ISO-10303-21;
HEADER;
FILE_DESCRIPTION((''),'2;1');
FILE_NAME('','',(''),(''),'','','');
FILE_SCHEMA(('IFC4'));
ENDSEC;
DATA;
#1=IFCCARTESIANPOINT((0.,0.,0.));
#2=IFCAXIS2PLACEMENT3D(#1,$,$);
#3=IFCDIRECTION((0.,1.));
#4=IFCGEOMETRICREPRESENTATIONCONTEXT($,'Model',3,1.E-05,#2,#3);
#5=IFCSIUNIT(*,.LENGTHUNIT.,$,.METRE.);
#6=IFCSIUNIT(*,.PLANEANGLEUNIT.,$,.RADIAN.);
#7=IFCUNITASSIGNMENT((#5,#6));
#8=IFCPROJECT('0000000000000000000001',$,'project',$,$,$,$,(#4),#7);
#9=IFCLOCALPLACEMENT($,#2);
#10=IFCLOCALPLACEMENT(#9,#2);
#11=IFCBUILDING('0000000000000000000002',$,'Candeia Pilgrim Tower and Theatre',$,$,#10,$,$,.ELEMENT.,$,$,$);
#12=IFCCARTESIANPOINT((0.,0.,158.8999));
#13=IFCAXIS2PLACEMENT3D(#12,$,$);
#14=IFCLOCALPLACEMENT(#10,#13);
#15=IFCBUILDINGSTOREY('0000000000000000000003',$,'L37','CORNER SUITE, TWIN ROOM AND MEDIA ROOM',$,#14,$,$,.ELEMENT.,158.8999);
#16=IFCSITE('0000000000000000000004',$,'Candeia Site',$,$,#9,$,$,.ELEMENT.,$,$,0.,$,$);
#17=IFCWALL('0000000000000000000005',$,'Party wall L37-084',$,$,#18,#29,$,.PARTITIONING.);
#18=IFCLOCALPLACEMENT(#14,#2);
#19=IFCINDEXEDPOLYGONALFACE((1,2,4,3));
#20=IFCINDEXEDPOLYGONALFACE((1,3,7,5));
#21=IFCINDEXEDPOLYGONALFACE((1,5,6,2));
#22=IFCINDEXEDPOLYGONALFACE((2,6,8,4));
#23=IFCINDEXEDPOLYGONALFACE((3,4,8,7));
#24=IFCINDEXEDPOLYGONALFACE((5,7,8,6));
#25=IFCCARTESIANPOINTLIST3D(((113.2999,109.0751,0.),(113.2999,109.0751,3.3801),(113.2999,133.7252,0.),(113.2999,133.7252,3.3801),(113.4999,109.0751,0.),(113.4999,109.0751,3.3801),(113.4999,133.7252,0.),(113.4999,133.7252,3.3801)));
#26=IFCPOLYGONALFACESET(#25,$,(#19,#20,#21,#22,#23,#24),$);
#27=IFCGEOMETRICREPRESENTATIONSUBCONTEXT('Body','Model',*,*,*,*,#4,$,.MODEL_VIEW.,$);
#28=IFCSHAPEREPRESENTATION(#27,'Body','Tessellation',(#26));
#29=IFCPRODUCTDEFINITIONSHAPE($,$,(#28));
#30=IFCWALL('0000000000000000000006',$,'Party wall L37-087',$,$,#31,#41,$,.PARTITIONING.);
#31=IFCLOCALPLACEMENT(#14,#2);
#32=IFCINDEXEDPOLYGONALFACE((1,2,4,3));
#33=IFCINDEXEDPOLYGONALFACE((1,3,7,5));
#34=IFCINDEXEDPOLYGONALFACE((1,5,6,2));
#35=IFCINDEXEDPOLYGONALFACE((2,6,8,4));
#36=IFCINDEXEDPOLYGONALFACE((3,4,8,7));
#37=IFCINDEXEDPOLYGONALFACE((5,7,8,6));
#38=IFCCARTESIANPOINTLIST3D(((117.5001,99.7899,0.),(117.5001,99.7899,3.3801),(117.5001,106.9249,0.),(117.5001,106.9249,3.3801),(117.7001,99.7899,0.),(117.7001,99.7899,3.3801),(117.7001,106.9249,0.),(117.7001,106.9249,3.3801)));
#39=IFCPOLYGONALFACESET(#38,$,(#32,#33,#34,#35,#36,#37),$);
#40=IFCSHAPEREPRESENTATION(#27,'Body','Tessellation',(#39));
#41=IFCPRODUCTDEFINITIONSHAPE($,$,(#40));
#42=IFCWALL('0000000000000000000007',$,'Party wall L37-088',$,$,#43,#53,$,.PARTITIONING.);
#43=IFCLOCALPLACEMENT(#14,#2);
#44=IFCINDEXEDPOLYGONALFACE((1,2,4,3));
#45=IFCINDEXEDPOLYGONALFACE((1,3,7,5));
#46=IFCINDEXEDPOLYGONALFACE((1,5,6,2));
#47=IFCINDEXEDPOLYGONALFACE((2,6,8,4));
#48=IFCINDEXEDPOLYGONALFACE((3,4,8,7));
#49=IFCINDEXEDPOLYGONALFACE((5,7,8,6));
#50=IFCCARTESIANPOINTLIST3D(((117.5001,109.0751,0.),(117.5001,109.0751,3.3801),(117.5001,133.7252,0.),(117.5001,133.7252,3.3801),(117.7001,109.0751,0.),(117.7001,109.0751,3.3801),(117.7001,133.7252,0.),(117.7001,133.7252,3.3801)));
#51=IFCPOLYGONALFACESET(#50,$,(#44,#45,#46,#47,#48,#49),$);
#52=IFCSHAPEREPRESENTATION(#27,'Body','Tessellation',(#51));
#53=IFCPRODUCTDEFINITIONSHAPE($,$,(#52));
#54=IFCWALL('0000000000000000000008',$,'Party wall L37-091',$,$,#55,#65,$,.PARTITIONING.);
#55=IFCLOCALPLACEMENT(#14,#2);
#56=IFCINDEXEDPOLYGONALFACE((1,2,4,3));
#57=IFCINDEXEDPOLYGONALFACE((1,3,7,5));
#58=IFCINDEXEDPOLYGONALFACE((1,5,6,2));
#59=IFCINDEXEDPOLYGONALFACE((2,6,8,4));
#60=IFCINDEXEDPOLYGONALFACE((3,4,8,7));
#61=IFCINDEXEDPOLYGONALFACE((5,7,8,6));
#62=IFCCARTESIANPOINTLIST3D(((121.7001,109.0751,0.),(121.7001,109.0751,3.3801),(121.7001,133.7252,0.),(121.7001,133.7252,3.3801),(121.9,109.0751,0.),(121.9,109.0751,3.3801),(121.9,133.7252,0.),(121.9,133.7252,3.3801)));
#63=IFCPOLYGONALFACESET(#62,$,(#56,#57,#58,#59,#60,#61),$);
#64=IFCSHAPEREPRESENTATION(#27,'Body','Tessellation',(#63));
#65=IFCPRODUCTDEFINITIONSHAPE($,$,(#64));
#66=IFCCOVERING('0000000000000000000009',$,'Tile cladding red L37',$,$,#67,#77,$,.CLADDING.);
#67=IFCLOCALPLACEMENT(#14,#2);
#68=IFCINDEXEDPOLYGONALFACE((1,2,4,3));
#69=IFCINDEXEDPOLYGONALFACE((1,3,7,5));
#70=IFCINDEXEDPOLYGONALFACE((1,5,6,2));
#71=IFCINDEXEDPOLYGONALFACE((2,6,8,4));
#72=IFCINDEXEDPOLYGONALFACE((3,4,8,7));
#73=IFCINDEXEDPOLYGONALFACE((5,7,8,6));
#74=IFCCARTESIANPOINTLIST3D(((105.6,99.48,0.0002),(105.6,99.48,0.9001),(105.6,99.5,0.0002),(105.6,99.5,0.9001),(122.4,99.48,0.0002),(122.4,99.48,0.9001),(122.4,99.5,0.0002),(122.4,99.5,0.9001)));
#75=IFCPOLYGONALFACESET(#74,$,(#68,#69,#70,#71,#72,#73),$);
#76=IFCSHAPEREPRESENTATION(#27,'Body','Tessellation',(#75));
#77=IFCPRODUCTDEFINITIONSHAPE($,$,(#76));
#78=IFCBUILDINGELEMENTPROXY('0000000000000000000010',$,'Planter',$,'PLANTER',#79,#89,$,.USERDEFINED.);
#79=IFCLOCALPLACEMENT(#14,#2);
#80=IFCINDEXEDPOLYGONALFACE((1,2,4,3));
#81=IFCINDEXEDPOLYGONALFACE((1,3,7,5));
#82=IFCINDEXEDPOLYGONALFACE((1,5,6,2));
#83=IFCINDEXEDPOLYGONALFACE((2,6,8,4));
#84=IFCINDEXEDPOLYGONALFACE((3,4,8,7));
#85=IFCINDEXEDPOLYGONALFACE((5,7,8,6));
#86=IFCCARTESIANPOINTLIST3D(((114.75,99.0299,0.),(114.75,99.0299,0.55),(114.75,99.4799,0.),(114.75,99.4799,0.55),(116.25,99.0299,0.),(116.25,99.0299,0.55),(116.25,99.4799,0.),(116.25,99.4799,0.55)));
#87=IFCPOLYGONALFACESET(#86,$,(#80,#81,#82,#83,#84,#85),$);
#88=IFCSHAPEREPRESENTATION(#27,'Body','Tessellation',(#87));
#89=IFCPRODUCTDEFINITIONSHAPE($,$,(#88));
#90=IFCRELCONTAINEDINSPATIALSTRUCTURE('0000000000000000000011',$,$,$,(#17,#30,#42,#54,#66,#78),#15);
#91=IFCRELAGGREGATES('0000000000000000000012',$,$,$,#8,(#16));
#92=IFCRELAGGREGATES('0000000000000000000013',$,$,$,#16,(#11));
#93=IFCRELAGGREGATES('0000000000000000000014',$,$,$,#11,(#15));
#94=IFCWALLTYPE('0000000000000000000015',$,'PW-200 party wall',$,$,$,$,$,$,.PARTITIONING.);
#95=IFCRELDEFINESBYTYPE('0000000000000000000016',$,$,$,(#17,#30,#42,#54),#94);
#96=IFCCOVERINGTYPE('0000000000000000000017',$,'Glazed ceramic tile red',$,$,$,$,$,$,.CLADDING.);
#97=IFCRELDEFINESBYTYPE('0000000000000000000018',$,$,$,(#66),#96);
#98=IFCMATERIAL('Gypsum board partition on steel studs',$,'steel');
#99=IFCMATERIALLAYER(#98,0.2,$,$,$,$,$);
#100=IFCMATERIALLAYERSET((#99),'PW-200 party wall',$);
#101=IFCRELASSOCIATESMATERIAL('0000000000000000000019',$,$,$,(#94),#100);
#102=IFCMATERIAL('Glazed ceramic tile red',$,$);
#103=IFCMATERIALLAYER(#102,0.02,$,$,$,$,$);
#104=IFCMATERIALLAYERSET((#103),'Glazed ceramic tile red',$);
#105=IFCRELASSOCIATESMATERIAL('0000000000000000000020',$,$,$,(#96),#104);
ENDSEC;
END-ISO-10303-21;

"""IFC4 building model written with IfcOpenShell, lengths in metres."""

from ifc_helpers import new_model, si_unit, direction, frame, frame_2d, origin, origin_2d, place, context, subcontext, project, spatial, rectangle, extrude, material, layer, layer_set, type_object, element, save


model = new_model("IFC4")

# Units and contexts
model_context = context("Model", 3, precision=1e-05, world=origin(), true_north=direction((0.0, 1.0)))
body_context = subcontext(model_context, "Body", "Model", "MODEL_VIEW")
ifc_project = project(units=[si_unit("LENGTHUNIT", "METRE"), si_unit("PLANEANGLEUNIT", "RADIAN")], contexts=[model_context])

# Site, building, storey
site_placement = place(None, origin())
site = spatial("IfcSite", under=ifc_project, at=site_placement, Name="Candeia Site", CompositionType="ELEMENT", RefElevation=0.0)
building_placement = place(site_placement, origin())
building = spatial("IfcBuilding", under=site, at=building_placement, Name="Candeia Pilgrim Tower and Theatre", CompositionType="ELEMENT")
storey_placement = place(building_placement, frame((0.0, 0.0, 158.8999)))
storey = spatial("IfcBuildingStorey", under=building, at=storey_placement, Name="L37", Description="CORNER SUITE, TWIN ROOM AND MEDIA ROOM", CompositionType="ELEMENT", Elevation=158.8999)

# Shared definitions
ifc_material_1 = material(Name="Gypsum board partition on steel studs", Category="steel")

# Walls
ifc_layer_1 = layer(ifc_material_1, 0.2)
ifc_layer_set_1 = layer_set([ifc_layer_1], Name="PW-200 party wall")
wall_type_1 = type_object("IfcWallType", Name="PW-200 party wall", PredefinedType="PARTITIONING", material=ifc_layer_set_1)
wall_1_placement = place(storey_placement, frame((113.3999, 109.075, 0.0), z_axis=(0.0, 0.0, 1.0), x_axis=(0.0, 1.0, 0.0)))
element("IfcWall", 1, at=wall_1_placement, inside=storey, type_object=wall_type_1, Name="Party wall L37-084", PredefinedType="PARTITIONING", context=body_context, shape_type="SweptSolid", body=[
    extrude(rectangle(XDim=24.6501, YDim=0.2, at=frame_2d((12.3252, 0.0))), origin(), (0.0, 0.0, 1.0), 3.3801),
])
wall_2_placement = place(storey_placement, frame((117.6001, 99.79, 0.0), z_axis=(0.0, 0.0, 1.0), x_axis=(0.0, 1.0, 0.0)))
element("IfcWall", 2, at=wall_2_placement, inside=storey, type_object=wall_type_1, Name="Party wall L37-087", PredefinedType="PARTITIONING", context=body_context, shape_type="SweptSolid", body=[
    extrude(rectangle(XDim=7.135, YDim=0.2, at=frame_2d((3.5674, 0.0))), origin(), (0.0, 0.0, 1.0), 3.3801),
])
for number, where, z_axis, x_axis, name in (
    (3, (117.6001, 109.075, 0.0), (0.0, 0.0, 1.0), (0.0, 1.0, 0.0), "Party wall L37-088"),
    (4, (121.8, 109.075, 0.0), (0.0, 0.0, 1.0), (0.0, 1.0, 0.0), "Party wall L37-091"),
):
    element("IfcWall", number, at=place(storey_placement, frame(where, z_axis=z_axis, x_axis=x_axis)), inside=storey, type_object=wall_type_1, Name=name, PredefinedType="PARTITIONING", context=body_context, shape_type="SweptSolid", body=[
        extrude(rectangle(XDim=24.6501, YDim=0.2, at=frame_2d((12.3252, 0.0))), origin(), (0.0, 0.0, 1.0), 3.3801),
    ])

# Covering
ifc_material_2 = material(Name="Glazed ceramic tile red")
ifc_layer_2 = layer(ifc_material_2, 0.02)
ifc_layer_set_2 = layer_set([ifc_layer_2], Name="Glazed ceramic tile red")
covering_type = type_object("IfcCoveringType", Name="Glazed ceramic tile red", PredefinedType="CLADDING", material=ifc_layer_set_2)
covering_placement = place(storey_placement, frame((114.0, 99.49, 0.0002), z_axis=(0.0, 0.0, 1.0), x_axis=(1.0, 0.0, 0.0)))
element("IfcCovering", 5, at=covering_placement, inside=storey, type_object=covering_type, Name="Tile cladding red L37", PredefinedType="CLADDING", context=body_context, shape_type="SweptSolid", body=[
    extrude(rectangle(XDim=16.8, YDim=0.02, at=origin_2d()), origin(), (0.0, 0.0, 1.0), 0.8999),
])

# Building element proxy
proxy_placement = place(storey_placement, frame((115.5, 99.2549, 0.0), z_axis=(0.0, 0.0, 1.0), x_axis=(1.0, 0.0, 0.0)))
element("IfcBuildingElementProxy", 6, at=proxy_placement, inside=storey, Name="Planter", ObjectType="PLANTER", PredefinedType="USERDEFINED", context=body_context, shape_type="SweptSolid", body=[
    extrude(rectangle(XDim=1.5, YDim=0.45, at=origin_2d()), origin(), (0.0, 0.0, 1.0), 0.55),
])

save(model, "model.ifc")
